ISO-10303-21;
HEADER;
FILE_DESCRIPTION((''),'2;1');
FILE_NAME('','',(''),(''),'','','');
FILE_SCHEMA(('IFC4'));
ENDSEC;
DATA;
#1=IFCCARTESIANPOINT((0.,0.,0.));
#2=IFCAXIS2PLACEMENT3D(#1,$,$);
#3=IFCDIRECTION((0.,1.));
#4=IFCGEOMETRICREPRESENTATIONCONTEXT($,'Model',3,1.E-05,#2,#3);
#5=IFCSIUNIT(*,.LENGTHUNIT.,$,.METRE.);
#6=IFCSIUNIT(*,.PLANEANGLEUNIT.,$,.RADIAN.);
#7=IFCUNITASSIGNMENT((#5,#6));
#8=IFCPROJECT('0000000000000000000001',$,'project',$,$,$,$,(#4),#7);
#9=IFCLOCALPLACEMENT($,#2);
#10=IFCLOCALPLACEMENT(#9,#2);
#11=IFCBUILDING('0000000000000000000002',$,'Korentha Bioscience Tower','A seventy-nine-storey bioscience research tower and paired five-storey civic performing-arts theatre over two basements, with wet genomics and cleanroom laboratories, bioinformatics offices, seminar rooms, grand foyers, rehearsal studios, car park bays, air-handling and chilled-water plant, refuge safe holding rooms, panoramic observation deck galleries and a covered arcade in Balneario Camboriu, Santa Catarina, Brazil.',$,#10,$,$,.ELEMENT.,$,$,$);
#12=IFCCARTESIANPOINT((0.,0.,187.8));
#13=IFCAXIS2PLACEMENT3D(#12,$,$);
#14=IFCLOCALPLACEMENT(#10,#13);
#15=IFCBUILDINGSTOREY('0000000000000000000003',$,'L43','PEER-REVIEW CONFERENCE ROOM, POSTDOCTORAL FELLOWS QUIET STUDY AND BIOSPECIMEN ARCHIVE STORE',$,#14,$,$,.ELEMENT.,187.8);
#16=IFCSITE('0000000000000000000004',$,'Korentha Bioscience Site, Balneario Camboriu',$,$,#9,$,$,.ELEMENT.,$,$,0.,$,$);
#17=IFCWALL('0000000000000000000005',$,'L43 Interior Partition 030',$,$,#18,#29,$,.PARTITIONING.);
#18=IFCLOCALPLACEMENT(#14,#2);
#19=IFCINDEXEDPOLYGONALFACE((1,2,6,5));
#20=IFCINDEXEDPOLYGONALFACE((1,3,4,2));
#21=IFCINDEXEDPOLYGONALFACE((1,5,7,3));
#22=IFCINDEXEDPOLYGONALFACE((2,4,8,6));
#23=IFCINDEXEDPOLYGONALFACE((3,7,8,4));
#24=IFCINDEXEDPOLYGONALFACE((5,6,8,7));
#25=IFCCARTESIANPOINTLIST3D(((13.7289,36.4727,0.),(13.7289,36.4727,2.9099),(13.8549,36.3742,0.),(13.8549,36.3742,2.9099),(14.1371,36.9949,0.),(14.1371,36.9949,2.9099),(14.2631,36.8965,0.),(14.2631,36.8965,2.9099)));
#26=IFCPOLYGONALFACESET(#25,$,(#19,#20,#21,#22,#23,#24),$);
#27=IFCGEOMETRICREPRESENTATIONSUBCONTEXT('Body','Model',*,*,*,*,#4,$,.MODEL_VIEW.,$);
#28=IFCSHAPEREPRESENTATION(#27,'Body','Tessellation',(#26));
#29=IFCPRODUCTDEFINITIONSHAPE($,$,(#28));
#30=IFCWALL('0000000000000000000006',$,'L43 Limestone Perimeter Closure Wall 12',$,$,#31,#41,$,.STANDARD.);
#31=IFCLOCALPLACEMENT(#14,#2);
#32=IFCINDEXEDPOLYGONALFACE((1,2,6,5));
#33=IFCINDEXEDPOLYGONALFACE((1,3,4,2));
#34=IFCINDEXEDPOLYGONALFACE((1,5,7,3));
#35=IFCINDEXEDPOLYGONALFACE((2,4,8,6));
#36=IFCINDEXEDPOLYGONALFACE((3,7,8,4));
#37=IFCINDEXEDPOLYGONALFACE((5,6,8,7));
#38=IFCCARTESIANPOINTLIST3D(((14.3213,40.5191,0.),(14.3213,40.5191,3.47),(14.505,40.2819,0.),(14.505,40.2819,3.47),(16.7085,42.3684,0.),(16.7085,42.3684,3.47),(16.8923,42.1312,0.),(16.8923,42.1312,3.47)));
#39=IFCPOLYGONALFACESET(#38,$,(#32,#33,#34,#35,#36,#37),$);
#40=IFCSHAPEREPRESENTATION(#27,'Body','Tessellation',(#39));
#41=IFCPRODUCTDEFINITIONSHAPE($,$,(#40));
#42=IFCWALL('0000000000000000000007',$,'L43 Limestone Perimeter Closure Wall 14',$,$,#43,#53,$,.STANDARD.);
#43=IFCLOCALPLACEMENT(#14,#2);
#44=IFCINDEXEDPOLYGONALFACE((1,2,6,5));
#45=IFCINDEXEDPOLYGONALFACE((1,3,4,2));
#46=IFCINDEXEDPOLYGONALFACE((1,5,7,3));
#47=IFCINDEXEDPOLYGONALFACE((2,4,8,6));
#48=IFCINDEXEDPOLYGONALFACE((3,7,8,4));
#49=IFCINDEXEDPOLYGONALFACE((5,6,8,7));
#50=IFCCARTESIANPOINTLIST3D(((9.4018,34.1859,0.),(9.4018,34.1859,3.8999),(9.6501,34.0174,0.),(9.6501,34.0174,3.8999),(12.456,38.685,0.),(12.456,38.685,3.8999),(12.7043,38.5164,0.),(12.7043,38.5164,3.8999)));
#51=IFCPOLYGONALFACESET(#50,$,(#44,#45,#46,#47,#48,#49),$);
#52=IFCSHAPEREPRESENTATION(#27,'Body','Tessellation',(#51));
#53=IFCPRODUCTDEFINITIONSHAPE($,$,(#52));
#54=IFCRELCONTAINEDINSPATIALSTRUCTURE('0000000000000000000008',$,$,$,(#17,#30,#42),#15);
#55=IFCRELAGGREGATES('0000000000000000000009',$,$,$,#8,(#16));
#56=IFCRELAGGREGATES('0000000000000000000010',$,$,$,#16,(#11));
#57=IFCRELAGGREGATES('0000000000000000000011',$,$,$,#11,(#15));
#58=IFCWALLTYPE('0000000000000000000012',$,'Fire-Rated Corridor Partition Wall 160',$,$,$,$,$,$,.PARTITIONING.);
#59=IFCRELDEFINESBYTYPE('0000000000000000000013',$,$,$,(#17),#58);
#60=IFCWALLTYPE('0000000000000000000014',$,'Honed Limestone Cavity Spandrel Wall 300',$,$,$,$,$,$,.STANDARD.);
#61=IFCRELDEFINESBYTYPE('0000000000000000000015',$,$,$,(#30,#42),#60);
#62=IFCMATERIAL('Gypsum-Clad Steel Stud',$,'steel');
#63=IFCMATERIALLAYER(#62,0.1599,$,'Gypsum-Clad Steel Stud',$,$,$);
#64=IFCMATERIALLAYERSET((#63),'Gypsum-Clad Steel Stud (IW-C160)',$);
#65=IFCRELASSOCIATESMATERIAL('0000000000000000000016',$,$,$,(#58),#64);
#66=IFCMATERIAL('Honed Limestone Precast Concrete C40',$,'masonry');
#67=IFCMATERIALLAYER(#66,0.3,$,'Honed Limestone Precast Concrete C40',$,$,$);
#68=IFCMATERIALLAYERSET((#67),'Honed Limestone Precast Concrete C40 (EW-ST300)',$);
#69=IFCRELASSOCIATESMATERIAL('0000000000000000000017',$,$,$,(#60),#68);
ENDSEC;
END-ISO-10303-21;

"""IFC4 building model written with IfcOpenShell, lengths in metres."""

from ifc_helpers import new_model, si_unit, direction, frame, frame_2d, origin, place, context, subcontext, project, spatial, rectangle, extrude, material, layer, layer_set, type_object, element, save


model = new_model("IFC4")

# Units and contexts
model_context = context("Model", 3, precision=1e-05, world=origin(), true_north=direction((0.0, 1.0)))
body_context = subcontext(model_context, "Body", "Model", "MODEL_VIEW")
ifc_project = project(units=[si_unit("LENGTHUNIT", "METRE"), si_unit("PLANEANGLEUNIT", "RADIAN")], contexts=[model_context])

# Site, building, storey
site_placement = place(None, origin())
site = spatial("IfcSite", under=ifc_project, at=site_placement, Name="Korentha Bioscience Site, Balneario Camboriu", CompositionType="ELEMENT", RefElevation=0.0)
building_placement = place(site_placement, origin())
building = spatial("IfcBuilding", under=site, at=building_placement, Name="Korentha Bioscience Tower", Description="A seventy-nine-storey bioscience research tower and paired five-storey civic performing-arts theatre over two basements, with wet genomics and cleanroom laboratories, bioinformatics offices, seminar rooms, grand foyers, rehearsal studios, car park bays, air-handling and chilled-water plant, refuge safe holding rooms, panoramic observation deck galleries and a covered arcade in Balneario Camboriu, Santa Catarina, Brazil.", CompositionType="ELEMENT")
storey_placement = place(building_placement, frame((0.0, 0.0, 187.8)))
storey = spatial("IfcBuildingStorey", under=building, at=storey_placement, Name="L43", Description="PEER-REVIEW CONFERENCE ROOM, POSTDOCTORAL FELLOWS QUIET STUDY AND BIOSPECIMEN ARCHIVE STORE", CompositionType="ELEMENT", Elevation=187.8)

# Shared definitions
ifc_material_1 = material(Name="Gypsum-Clad Steel Stud", Category="steel")
ifc_layer_1 = layer(ifc_material_1, 0.1599, Name="Gypsum-Clad Steel Stud")
ifc_layer_set_1 = layer_set([ifc_layer_1], Name="Gypsum-Clad Steel Stud (IW-C160)")
wall_type_1 = type_object("IfcWallType", Name="Fire-Rated Corridor Partition Wall 160", PredefinedType="PARTITIONING", material=ifc_layer_set_1)

# Walls
wall_1_placement = place(storey_placement, frame((14.2002, 36.9458, 0.0), z_axis=(0.0, 0.0, 1.0), x_axis=(-0.615851, -0.787862, 0.0)))
element("IfcWall", 1, at=wall_1_placement, inside=storey, type_object=wall_type_1, Name="L43 Interior Partition 030", PredefinedType="PARTITIONING", context=body_context, shape_type="SweptSolid", body=[
    extrude(rectangle(XDim=0.6628, YDim=0.1599, at=frame_2d((0.3315, 0.0))), origin(), (0.0, 0.0, 1.0), 2.9099),
])
ifc_material_2 = material(Name="Honed Limestone Precast Concrete C40", Category="masonry")
ifc_layer_2 = layer(ifc_material_2, 0.3, Name="Honed Limestone Precast Concrete C40")
ifc_layer_set_2 = layer_set([ifc_layer_2], Name="Honed Limestone Precast Concrete C40 (EW-ST300)")
wall_type_2 = type_object("IfcWallType", Name="Honed Limestone Cavity Spandrel Wall 300", PredefinedType="STANDARD", material=ifc_layer_set_2)
wall_2_placement = place(storey_placement, frame((16.8003, 42.2498, 0.0), z_axis=(0.0, 0.0, 1.0), x_axis=(-0.790531, -0.612423, 0.0)))
element("IfcWall", 2, at=wall_2_placement, inside=storey, type_object=wall_type_2, Name="L43 Limestone Perimeter Closure Wall 12", PredefinedType="STANDARD", context=body_context, shape_type="SweptSolid", body=[
    extrude(rectangle(XDim=3.0198, YDim=0.3, at=frame_2d((1.5098, 0.0))), origin(), (0.0, 0.0, 1.0), 3.47),
])
wall_3_placement = place(storey_placement, frame((12.5801, 38.6006, 0.0), z_axis=(0.0, 0.0, 1.0), x_axis=(-0.561664, -0.827365, 0.0)))
element("IfcWall", 3, at=wall_3_placement, inside=storey, type_object=wall_type_2, Name="L43 Limestone Perimeter Closure Wall 14", PredefinedType="STANDARD", context=body_context, shape_type="SweptSolid", body=[
    extrude(rectangle(XDim=5.4377, YDim=0.3, at=frame_2d((2.7188, 0.0))), origin(), (0.0, 0.0, 1.0), 3.8999),
])

save(model, "model.ifc")
